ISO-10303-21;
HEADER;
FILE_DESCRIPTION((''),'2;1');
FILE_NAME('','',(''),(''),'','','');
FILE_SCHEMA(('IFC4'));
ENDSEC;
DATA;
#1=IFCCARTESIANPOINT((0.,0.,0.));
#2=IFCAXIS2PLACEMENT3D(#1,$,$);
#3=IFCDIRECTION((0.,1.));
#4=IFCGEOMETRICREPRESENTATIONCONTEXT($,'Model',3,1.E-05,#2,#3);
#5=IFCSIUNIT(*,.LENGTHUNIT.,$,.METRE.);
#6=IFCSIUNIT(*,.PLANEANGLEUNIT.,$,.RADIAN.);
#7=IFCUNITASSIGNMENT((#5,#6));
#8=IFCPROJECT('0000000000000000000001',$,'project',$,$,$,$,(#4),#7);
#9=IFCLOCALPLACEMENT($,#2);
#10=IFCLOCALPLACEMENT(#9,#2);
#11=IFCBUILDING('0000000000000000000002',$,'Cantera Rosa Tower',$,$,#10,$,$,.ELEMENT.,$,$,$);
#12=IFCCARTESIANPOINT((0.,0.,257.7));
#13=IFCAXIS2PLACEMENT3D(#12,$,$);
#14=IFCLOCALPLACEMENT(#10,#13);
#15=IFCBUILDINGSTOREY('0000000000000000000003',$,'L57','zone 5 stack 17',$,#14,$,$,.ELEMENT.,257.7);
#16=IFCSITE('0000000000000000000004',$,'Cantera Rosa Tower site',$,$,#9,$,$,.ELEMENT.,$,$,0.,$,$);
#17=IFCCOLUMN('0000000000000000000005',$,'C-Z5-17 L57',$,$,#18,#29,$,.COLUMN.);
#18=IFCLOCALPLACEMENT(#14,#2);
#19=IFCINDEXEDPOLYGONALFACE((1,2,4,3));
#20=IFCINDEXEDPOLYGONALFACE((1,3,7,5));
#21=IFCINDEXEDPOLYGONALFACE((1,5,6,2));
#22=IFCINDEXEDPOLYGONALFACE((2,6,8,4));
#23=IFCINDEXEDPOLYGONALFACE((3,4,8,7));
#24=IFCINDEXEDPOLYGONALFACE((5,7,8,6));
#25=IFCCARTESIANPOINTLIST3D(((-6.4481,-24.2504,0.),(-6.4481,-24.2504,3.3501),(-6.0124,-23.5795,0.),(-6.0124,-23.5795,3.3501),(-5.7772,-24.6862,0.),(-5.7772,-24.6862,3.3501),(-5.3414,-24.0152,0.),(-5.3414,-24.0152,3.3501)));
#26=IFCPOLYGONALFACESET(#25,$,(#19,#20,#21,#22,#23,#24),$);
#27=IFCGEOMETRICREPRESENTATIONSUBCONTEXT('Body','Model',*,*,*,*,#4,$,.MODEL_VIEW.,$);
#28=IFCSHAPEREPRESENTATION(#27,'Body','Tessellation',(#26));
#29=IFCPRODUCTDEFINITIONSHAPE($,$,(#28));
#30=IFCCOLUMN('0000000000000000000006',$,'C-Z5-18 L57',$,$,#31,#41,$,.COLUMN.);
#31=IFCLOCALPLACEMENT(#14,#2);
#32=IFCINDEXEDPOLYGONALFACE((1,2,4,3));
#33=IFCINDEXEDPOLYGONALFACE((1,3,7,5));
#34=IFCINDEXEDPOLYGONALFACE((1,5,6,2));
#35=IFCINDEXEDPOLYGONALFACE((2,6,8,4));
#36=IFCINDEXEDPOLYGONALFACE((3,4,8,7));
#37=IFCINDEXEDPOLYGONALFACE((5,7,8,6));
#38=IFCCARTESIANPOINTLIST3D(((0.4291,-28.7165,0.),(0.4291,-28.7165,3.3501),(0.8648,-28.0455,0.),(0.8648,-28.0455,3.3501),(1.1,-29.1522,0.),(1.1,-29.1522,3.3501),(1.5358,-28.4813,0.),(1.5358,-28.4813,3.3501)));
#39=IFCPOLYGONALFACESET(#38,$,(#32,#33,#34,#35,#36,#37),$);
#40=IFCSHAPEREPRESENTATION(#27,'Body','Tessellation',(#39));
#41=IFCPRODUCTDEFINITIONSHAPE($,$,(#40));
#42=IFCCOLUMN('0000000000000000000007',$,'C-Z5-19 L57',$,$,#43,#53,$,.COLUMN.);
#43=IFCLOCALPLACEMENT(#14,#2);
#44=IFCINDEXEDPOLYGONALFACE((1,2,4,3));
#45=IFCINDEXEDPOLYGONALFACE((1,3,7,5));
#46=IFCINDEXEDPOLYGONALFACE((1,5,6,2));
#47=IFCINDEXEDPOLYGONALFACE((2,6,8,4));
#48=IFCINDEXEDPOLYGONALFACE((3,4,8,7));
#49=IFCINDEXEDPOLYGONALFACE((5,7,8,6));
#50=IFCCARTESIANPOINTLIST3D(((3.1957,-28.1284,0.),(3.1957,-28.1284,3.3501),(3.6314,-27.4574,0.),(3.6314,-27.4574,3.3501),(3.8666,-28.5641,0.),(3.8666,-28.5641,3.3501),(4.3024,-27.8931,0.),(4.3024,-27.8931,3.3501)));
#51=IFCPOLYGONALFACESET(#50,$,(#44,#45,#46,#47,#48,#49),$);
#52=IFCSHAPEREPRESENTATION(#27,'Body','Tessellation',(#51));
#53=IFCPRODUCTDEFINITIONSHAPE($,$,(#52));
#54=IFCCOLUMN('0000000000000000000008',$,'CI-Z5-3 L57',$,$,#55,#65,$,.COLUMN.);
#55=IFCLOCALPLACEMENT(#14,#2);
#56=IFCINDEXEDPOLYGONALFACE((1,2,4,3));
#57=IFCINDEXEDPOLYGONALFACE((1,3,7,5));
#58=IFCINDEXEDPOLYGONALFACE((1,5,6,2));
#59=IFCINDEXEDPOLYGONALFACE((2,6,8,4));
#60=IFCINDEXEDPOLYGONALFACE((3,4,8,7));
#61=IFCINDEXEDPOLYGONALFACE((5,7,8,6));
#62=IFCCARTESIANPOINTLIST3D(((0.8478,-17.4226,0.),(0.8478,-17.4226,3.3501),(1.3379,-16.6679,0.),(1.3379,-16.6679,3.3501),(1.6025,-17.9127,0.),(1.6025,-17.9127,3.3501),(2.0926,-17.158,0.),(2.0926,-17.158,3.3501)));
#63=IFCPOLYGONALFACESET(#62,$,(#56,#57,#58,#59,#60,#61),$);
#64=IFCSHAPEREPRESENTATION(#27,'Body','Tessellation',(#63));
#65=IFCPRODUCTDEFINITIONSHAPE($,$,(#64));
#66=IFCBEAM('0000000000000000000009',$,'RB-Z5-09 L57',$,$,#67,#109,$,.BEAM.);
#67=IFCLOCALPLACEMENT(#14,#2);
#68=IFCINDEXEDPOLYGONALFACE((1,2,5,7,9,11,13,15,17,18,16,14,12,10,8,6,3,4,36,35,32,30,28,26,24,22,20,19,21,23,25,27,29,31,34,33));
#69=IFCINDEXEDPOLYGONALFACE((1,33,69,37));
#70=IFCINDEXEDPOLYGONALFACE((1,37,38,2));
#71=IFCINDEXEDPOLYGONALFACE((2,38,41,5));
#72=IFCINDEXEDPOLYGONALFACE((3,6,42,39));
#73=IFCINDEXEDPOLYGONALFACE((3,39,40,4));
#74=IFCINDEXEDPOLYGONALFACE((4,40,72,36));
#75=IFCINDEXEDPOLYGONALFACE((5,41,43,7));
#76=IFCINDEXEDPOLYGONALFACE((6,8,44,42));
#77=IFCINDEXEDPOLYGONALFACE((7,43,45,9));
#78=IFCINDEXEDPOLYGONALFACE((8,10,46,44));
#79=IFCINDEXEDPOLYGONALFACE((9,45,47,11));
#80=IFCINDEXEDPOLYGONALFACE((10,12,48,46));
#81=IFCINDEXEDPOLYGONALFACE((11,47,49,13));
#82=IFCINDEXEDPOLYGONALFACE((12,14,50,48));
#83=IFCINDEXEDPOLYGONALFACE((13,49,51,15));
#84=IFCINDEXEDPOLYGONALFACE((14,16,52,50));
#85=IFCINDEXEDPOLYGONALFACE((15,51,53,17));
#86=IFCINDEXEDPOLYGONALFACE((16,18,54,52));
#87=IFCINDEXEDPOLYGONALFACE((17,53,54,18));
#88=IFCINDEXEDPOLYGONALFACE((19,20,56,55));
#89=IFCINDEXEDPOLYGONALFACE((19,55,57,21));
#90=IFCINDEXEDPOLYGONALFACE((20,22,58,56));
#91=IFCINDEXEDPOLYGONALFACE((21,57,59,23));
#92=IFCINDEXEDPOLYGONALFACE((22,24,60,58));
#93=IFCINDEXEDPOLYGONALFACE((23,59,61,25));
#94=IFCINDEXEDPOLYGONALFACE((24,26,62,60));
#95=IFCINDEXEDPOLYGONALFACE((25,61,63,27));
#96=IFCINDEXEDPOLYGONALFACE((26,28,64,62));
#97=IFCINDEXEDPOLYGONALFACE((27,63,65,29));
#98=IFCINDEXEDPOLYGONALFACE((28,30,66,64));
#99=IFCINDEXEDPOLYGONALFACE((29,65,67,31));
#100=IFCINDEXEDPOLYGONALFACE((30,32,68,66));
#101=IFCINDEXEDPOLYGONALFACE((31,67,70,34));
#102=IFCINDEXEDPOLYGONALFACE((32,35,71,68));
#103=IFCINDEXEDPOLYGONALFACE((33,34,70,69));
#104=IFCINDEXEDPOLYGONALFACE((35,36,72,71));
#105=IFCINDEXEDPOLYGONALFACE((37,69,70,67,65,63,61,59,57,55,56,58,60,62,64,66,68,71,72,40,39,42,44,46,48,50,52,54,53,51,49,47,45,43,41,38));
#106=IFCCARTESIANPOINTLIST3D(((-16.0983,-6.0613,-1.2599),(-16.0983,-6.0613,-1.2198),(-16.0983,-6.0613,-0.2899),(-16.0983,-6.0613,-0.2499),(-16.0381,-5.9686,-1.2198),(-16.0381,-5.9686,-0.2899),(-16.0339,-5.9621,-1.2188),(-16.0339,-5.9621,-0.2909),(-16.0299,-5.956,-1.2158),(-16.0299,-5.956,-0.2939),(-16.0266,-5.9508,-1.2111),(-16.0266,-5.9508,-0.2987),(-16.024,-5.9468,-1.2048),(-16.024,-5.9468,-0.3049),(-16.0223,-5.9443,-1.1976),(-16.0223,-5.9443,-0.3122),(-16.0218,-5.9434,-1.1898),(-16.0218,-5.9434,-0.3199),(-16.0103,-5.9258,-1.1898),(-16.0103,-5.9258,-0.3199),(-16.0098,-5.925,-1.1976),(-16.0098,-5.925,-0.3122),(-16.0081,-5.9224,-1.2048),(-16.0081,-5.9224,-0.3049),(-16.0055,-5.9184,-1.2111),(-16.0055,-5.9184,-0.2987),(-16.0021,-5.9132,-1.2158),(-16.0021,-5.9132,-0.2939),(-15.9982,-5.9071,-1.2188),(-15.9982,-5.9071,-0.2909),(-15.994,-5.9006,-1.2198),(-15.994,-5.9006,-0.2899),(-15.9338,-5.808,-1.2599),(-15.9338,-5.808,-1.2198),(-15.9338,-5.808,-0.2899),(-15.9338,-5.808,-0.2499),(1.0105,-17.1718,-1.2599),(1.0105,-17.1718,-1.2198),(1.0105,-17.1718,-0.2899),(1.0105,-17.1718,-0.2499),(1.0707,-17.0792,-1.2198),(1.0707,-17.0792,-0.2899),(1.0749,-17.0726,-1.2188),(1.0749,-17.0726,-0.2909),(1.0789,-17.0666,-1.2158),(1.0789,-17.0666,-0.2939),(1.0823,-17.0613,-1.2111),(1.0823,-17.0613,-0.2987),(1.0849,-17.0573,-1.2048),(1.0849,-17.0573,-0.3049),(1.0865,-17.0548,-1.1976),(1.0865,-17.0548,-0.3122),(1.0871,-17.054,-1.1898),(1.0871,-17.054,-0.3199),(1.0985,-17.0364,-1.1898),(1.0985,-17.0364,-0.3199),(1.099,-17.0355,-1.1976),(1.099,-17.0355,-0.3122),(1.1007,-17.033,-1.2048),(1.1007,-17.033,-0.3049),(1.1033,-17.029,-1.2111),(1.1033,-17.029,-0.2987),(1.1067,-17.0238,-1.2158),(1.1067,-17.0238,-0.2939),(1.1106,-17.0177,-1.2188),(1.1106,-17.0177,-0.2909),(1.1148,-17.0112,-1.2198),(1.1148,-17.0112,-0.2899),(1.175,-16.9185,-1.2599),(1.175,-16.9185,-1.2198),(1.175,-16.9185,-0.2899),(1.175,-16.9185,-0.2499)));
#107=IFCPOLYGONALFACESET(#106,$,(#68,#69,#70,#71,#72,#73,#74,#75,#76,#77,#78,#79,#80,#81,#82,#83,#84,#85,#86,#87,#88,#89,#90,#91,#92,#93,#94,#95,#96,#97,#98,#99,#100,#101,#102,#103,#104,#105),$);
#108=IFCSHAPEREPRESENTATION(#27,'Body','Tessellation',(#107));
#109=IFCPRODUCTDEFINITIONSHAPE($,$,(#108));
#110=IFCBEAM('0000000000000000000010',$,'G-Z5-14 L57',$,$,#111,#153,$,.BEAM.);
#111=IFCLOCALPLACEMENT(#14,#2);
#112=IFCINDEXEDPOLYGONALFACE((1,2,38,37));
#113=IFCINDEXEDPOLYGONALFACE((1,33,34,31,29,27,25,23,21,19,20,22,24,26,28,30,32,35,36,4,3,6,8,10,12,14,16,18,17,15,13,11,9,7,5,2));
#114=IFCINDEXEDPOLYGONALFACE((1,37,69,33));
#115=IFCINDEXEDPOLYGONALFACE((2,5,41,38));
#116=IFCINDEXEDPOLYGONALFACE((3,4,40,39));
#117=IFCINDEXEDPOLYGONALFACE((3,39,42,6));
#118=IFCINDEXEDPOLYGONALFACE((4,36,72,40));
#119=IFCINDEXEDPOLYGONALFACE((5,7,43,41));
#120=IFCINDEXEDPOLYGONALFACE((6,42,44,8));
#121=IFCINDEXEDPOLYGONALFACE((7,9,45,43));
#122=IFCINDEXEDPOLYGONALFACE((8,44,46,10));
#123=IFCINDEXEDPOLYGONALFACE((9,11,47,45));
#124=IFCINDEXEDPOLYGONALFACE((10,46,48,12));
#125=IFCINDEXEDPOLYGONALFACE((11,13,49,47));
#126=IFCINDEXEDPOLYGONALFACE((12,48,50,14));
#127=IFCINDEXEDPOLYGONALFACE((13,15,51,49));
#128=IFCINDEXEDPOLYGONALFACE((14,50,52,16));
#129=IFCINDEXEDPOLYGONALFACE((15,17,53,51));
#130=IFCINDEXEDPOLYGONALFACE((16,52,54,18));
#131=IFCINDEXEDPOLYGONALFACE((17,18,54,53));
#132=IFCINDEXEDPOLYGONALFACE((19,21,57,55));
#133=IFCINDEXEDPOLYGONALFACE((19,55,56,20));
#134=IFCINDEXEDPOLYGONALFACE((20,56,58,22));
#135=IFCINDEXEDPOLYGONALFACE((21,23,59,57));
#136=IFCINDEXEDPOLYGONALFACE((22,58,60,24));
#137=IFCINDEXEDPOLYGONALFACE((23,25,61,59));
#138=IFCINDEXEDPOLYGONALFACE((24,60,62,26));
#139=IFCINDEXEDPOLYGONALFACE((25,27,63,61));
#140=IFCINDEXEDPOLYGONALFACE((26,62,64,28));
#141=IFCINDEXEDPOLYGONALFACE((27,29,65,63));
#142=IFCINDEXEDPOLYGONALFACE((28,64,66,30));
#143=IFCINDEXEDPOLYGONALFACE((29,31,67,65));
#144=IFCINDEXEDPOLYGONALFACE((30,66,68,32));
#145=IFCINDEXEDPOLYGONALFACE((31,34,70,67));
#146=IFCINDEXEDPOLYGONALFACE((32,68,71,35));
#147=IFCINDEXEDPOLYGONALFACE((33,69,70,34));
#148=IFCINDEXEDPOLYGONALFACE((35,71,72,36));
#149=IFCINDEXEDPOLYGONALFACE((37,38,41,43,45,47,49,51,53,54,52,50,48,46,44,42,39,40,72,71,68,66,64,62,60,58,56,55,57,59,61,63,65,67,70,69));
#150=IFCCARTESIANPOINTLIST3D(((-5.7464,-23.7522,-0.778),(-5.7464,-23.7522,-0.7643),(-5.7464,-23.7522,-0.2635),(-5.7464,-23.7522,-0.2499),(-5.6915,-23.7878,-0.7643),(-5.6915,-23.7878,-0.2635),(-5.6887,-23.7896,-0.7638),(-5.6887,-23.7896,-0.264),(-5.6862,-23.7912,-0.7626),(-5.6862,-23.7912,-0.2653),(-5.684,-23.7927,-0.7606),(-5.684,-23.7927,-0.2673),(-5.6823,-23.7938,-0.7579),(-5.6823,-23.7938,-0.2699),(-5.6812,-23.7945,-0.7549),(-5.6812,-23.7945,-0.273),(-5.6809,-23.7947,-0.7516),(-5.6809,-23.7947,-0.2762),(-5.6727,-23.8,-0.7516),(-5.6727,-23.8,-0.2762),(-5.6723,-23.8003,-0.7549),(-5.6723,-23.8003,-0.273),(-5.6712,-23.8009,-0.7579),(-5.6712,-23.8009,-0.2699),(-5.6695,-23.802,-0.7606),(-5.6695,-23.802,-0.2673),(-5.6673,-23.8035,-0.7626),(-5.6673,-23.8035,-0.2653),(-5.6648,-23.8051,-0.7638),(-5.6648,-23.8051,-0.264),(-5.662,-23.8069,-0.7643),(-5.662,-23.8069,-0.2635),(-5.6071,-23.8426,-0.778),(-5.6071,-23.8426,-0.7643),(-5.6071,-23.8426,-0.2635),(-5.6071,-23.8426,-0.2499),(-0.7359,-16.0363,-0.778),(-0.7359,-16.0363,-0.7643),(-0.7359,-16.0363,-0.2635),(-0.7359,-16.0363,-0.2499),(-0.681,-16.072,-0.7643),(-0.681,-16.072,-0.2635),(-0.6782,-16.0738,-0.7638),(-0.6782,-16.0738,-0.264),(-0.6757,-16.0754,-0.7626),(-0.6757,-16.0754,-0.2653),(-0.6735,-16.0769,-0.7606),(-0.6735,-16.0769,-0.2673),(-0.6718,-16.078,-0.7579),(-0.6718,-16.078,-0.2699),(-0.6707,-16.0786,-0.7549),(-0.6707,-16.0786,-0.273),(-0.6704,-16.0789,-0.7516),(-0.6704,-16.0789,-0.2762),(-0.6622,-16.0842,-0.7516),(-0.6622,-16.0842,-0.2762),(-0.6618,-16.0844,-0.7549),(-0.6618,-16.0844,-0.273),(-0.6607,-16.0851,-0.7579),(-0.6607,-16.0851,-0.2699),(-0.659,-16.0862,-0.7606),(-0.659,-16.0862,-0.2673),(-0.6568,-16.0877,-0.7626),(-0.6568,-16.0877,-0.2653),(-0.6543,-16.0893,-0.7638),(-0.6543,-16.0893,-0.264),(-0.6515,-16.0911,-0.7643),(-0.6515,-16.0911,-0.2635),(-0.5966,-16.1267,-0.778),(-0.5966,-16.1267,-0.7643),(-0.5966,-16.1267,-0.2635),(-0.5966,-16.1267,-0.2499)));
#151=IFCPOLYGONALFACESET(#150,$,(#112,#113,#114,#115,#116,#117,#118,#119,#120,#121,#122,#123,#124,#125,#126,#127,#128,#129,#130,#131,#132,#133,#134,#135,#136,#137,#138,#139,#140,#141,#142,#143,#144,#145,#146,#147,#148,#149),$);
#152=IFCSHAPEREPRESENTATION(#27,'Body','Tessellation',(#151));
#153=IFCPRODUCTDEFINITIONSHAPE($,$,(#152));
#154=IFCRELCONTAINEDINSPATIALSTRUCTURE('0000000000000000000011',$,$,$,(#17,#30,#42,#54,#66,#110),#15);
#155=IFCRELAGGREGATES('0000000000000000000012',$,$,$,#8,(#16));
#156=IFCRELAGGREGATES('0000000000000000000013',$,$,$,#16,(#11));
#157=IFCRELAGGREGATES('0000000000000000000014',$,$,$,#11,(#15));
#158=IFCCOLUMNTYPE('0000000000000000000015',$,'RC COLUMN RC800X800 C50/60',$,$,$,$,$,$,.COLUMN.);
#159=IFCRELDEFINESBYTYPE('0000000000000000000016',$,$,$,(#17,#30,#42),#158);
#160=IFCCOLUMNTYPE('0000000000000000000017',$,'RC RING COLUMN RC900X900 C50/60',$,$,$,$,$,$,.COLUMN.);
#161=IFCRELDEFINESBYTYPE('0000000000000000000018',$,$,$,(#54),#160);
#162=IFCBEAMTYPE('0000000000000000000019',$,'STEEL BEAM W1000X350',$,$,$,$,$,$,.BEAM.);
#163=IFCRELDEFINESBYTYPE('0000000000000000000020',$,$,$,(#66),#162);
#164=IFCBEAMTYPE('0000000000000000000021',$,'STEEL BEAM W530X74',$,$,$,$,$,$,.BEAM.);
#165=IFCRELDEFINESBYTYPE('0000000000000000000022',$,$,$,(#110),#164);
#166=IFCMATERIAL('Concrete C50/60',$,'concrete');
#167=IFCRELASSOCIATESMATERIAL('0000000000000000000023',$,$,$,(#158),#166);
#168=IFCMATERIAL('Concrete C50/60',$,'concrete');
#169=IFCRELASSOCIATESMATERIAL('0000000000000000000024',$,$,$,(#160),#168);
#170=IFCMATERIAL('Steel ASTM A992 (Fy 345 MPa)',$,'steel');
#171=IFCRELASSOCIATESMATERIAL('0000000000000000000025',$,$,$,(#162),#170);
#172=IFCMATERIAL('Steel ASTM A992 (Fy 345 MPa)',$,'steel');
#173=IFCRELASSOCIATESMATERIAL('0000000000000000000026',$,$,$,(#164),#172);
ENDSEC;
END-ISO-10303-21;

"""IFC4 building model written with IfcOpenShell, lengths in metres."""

from ifc_helpers import new_model, si_unit, direction, frame, origin, origin_2d, place, context, subcontext, project, spatial, rectangle, i_section, extrude, material, material_profile, profile_set, type_object, element, save


model = new_model("IFC4")

# Units and contexts
model_context = context("Model", 3, precision=1e-05, world=origin(), true_north=direction((0.0, 1.0)))
body_context = subcontext(model_context, "Body", "Model", "MODEL_VIEW")
ifc_project = project(units=[si_unit("LENGTHUNIT", "METRE"), si_unit("PLANEANGLEUNIT", "RADIAN")], contexts=[model_context])

# Site, building, storey
site_placement = place(None, origin())
site = spatial("IfcSite", under=ifc_project, at=site_placement, Name="Cantera Rosa Tower site", CompositionType="ELEMENT", RefElevation=0.0)
building_placement = place(site_placement, origin())
building = spatial("IfcBuilding", under=site, at=building_placement, Name="Cantera Rosa Tower", CompositionType="ELEMENT")
storey_placement = place(building_placement, frame((0.0, 0.0, 257.7)))
storey = spatial("IfcBuildingStorey", under=building, at=storey_placement, Name="L57", Description="zone 5 stack 17", CompositionType="ELEMENT", Elevation=257.7)

# Columns
ifc_material_1 = material(Name="Concrete C50/60", Category="concrete")
ifc_material_profile_1 = material_profile(ifc_material_1, rectangle(XDim=0.8, YDim=0.8, at=origin_2d()), Name="RC COLUMN RC800X800 C50/60")
ifc_profile_set_1 = profile_set([ifc_material_profile_1], Name="Concrete C50/60")
column_type_1 = type_object("IfcColumnType", Name="RC COLUMN RC800X800 C50/60", PredefinedType="COLUMN", material=ifc_profile_set_1)
for number, where, z_axis, x_axis, name in (
    (1, (-5.8948, -24.1328, 0.0), (0.0, 0.0, 1.0), (0.544639, 0.838671, 0.0), "C-Z5-17 L57"),
    (2, (0.9824, -28.5989, 0.0), (0.0, 0.0, 1.0), (0.544639, 0.838671, 0.0), "C-Z5-18 L57"),
    (3, (3.749, -28.0107, 0.0), (0.0, 0.0, 1.0), (0.544639, 0.838671, 0.0), "C-Z5-19 L57"),
):
    element("IfcColumn", number, at=place(storey_placement, frame(where, z_axis=z_axis, x_axis=x_axis)), inside=storey, type_object=column_type_1, Name=name, PredefinedType="COLUMN", context=body_context, shape_type="SweptSolid", body=[
        extrude(rectangle(XDim=0.8, YDim=0.8, at=origin_2d()), origin(), (0.0, 0.0, 1.0), 3.3501),
    ])
ifc_material_2 = material(Name="Concrete C50/60", Category="concrete")
ifc_material_profile_2 = material_profile(ifc_material_2, rectangle(XDim=0.8999, YDim=0.8999, at=origin_2d()), Name="RC RING COLUMN RC900X900 C50/60")
ifc_profile_set_2 = profile_set([ifc_material_profile_2], Name="Concrete C50/60")
column_type_2 = type_object("IfcColumnType", Name="RC RING COLUMN RC900X900 C50/60", PredefinedType="COLUMN", material=ifc_profile_set_2)
column_placement = place(storey_placement, frame((1.4702, -17.2903, 0.0), z_axis=(0.0, 0.0, 1.0), x_axis=(0.544639, 0.838671, 0.0)))
element("IfcColumn", 4, at=column_placement, inside=storey, type_object=column_type_2, Name="CI-Z5-3 L57", PredefinedType="COLUMN", context=body_context, shape_type="SweptSolid", body=[
    extrude(rectangle(XDim=0.8999, YDim=0.8999, at=origin_2d()), origin(), (0.0, 0.0, 1.0), 3.3501),
])

# Beams
ifc_material_3 = material(Name="Steel ASTM A992 (Fy 345 MPa)", Category="steel")
ifc_material_profile_3 = material_profile(ifc_material_3, i_section(OverallWidth=0.302, OverallDepth=1.01, WebThickness=0.021, FlangeThickness=0.04, FilletRadius=0.03, at=origin_2d()), Name="W1000X350")
ifc_profile_set_3 = profile_set([ifc_material_profile_3], Name="Steel ASTM A992 (Fy 345 MPa)")
beam_type_1 = type_object("IfcBeamType", Name="STEEL BEAM W1000X350", PredefinedType="BEAM", material=ifc_profile_set_3)
beam_1_placement = place(storey_placement, frame((1.0928, -17.0452, -0.7549), z_axis=(-0.838672, 0.544637, 0.0), x_axis=(-0.544637, -0.838672, 0.0)))
element("IfcBeam", 5, at=beam_1_placement, inside=storey, type_object=beam_type_1, Name="RB-Z5-09 L57", PredefinedType="BEAM", context=body_context, shape_type="SweptSolid", body=[
    extrude(i_section(OverallWidth=0.302, OverallDepth=1.01, WebThickness=0.021, FlangeThickness=0.04, FilletRadius=0.03, at=origin_2d()), origin(), (0.0, 0.0, 1.0), 20.3999),
])
ifc_material_4 = material(Name="Steel ASTM A992 (Fy 345 MPa)", Category="steel")
ifc_material_profile_4 = material_profile(ifc_material_4, i_section(OverallWidth=0.166, OverallDepth=0.5281, WebThickness=0.0098, FlangeThickness=0.0137, FilletRadius=0.0127, at=origin_2d()), Name="W530X74")
ifc_profile_set_4 = profile_set([ifc_material_profile_4], Name="Steel ASTM A992 (Fy 345 MPa)")
beam_type_2 = type_object("IfcBeamType", Name="STEEL BEAM W530X74", PredefinedType="BEAM", material=ifc_profile_set_4)
beam_2_placement = place(storey_placement, frame((-5.6768, -23.7974, -0.5139), z_axis=(0.544623, 0.838681, 0.0), x_axis=(-0.838681, 0.544623, 0.0)))
element("IfcBeam", 6, at=beam_2_placement, inside=storey, type_object=beam_type_2, Name="G-Z5-14 L57", PredefinedType="BEAM", context=body_context, shape_type="SweptSolid", body=[
    extrude(i_section(OverallWidth=0.166, OverallDepth=0.5281, WebThickness=0.0098, FlangeThickness=0.0137, FilletRadius=0.0127, at=origin_2d()), origin(), (0.0, 0.0, 1.0), 9.2),
])

save(model, "model.ifc")
